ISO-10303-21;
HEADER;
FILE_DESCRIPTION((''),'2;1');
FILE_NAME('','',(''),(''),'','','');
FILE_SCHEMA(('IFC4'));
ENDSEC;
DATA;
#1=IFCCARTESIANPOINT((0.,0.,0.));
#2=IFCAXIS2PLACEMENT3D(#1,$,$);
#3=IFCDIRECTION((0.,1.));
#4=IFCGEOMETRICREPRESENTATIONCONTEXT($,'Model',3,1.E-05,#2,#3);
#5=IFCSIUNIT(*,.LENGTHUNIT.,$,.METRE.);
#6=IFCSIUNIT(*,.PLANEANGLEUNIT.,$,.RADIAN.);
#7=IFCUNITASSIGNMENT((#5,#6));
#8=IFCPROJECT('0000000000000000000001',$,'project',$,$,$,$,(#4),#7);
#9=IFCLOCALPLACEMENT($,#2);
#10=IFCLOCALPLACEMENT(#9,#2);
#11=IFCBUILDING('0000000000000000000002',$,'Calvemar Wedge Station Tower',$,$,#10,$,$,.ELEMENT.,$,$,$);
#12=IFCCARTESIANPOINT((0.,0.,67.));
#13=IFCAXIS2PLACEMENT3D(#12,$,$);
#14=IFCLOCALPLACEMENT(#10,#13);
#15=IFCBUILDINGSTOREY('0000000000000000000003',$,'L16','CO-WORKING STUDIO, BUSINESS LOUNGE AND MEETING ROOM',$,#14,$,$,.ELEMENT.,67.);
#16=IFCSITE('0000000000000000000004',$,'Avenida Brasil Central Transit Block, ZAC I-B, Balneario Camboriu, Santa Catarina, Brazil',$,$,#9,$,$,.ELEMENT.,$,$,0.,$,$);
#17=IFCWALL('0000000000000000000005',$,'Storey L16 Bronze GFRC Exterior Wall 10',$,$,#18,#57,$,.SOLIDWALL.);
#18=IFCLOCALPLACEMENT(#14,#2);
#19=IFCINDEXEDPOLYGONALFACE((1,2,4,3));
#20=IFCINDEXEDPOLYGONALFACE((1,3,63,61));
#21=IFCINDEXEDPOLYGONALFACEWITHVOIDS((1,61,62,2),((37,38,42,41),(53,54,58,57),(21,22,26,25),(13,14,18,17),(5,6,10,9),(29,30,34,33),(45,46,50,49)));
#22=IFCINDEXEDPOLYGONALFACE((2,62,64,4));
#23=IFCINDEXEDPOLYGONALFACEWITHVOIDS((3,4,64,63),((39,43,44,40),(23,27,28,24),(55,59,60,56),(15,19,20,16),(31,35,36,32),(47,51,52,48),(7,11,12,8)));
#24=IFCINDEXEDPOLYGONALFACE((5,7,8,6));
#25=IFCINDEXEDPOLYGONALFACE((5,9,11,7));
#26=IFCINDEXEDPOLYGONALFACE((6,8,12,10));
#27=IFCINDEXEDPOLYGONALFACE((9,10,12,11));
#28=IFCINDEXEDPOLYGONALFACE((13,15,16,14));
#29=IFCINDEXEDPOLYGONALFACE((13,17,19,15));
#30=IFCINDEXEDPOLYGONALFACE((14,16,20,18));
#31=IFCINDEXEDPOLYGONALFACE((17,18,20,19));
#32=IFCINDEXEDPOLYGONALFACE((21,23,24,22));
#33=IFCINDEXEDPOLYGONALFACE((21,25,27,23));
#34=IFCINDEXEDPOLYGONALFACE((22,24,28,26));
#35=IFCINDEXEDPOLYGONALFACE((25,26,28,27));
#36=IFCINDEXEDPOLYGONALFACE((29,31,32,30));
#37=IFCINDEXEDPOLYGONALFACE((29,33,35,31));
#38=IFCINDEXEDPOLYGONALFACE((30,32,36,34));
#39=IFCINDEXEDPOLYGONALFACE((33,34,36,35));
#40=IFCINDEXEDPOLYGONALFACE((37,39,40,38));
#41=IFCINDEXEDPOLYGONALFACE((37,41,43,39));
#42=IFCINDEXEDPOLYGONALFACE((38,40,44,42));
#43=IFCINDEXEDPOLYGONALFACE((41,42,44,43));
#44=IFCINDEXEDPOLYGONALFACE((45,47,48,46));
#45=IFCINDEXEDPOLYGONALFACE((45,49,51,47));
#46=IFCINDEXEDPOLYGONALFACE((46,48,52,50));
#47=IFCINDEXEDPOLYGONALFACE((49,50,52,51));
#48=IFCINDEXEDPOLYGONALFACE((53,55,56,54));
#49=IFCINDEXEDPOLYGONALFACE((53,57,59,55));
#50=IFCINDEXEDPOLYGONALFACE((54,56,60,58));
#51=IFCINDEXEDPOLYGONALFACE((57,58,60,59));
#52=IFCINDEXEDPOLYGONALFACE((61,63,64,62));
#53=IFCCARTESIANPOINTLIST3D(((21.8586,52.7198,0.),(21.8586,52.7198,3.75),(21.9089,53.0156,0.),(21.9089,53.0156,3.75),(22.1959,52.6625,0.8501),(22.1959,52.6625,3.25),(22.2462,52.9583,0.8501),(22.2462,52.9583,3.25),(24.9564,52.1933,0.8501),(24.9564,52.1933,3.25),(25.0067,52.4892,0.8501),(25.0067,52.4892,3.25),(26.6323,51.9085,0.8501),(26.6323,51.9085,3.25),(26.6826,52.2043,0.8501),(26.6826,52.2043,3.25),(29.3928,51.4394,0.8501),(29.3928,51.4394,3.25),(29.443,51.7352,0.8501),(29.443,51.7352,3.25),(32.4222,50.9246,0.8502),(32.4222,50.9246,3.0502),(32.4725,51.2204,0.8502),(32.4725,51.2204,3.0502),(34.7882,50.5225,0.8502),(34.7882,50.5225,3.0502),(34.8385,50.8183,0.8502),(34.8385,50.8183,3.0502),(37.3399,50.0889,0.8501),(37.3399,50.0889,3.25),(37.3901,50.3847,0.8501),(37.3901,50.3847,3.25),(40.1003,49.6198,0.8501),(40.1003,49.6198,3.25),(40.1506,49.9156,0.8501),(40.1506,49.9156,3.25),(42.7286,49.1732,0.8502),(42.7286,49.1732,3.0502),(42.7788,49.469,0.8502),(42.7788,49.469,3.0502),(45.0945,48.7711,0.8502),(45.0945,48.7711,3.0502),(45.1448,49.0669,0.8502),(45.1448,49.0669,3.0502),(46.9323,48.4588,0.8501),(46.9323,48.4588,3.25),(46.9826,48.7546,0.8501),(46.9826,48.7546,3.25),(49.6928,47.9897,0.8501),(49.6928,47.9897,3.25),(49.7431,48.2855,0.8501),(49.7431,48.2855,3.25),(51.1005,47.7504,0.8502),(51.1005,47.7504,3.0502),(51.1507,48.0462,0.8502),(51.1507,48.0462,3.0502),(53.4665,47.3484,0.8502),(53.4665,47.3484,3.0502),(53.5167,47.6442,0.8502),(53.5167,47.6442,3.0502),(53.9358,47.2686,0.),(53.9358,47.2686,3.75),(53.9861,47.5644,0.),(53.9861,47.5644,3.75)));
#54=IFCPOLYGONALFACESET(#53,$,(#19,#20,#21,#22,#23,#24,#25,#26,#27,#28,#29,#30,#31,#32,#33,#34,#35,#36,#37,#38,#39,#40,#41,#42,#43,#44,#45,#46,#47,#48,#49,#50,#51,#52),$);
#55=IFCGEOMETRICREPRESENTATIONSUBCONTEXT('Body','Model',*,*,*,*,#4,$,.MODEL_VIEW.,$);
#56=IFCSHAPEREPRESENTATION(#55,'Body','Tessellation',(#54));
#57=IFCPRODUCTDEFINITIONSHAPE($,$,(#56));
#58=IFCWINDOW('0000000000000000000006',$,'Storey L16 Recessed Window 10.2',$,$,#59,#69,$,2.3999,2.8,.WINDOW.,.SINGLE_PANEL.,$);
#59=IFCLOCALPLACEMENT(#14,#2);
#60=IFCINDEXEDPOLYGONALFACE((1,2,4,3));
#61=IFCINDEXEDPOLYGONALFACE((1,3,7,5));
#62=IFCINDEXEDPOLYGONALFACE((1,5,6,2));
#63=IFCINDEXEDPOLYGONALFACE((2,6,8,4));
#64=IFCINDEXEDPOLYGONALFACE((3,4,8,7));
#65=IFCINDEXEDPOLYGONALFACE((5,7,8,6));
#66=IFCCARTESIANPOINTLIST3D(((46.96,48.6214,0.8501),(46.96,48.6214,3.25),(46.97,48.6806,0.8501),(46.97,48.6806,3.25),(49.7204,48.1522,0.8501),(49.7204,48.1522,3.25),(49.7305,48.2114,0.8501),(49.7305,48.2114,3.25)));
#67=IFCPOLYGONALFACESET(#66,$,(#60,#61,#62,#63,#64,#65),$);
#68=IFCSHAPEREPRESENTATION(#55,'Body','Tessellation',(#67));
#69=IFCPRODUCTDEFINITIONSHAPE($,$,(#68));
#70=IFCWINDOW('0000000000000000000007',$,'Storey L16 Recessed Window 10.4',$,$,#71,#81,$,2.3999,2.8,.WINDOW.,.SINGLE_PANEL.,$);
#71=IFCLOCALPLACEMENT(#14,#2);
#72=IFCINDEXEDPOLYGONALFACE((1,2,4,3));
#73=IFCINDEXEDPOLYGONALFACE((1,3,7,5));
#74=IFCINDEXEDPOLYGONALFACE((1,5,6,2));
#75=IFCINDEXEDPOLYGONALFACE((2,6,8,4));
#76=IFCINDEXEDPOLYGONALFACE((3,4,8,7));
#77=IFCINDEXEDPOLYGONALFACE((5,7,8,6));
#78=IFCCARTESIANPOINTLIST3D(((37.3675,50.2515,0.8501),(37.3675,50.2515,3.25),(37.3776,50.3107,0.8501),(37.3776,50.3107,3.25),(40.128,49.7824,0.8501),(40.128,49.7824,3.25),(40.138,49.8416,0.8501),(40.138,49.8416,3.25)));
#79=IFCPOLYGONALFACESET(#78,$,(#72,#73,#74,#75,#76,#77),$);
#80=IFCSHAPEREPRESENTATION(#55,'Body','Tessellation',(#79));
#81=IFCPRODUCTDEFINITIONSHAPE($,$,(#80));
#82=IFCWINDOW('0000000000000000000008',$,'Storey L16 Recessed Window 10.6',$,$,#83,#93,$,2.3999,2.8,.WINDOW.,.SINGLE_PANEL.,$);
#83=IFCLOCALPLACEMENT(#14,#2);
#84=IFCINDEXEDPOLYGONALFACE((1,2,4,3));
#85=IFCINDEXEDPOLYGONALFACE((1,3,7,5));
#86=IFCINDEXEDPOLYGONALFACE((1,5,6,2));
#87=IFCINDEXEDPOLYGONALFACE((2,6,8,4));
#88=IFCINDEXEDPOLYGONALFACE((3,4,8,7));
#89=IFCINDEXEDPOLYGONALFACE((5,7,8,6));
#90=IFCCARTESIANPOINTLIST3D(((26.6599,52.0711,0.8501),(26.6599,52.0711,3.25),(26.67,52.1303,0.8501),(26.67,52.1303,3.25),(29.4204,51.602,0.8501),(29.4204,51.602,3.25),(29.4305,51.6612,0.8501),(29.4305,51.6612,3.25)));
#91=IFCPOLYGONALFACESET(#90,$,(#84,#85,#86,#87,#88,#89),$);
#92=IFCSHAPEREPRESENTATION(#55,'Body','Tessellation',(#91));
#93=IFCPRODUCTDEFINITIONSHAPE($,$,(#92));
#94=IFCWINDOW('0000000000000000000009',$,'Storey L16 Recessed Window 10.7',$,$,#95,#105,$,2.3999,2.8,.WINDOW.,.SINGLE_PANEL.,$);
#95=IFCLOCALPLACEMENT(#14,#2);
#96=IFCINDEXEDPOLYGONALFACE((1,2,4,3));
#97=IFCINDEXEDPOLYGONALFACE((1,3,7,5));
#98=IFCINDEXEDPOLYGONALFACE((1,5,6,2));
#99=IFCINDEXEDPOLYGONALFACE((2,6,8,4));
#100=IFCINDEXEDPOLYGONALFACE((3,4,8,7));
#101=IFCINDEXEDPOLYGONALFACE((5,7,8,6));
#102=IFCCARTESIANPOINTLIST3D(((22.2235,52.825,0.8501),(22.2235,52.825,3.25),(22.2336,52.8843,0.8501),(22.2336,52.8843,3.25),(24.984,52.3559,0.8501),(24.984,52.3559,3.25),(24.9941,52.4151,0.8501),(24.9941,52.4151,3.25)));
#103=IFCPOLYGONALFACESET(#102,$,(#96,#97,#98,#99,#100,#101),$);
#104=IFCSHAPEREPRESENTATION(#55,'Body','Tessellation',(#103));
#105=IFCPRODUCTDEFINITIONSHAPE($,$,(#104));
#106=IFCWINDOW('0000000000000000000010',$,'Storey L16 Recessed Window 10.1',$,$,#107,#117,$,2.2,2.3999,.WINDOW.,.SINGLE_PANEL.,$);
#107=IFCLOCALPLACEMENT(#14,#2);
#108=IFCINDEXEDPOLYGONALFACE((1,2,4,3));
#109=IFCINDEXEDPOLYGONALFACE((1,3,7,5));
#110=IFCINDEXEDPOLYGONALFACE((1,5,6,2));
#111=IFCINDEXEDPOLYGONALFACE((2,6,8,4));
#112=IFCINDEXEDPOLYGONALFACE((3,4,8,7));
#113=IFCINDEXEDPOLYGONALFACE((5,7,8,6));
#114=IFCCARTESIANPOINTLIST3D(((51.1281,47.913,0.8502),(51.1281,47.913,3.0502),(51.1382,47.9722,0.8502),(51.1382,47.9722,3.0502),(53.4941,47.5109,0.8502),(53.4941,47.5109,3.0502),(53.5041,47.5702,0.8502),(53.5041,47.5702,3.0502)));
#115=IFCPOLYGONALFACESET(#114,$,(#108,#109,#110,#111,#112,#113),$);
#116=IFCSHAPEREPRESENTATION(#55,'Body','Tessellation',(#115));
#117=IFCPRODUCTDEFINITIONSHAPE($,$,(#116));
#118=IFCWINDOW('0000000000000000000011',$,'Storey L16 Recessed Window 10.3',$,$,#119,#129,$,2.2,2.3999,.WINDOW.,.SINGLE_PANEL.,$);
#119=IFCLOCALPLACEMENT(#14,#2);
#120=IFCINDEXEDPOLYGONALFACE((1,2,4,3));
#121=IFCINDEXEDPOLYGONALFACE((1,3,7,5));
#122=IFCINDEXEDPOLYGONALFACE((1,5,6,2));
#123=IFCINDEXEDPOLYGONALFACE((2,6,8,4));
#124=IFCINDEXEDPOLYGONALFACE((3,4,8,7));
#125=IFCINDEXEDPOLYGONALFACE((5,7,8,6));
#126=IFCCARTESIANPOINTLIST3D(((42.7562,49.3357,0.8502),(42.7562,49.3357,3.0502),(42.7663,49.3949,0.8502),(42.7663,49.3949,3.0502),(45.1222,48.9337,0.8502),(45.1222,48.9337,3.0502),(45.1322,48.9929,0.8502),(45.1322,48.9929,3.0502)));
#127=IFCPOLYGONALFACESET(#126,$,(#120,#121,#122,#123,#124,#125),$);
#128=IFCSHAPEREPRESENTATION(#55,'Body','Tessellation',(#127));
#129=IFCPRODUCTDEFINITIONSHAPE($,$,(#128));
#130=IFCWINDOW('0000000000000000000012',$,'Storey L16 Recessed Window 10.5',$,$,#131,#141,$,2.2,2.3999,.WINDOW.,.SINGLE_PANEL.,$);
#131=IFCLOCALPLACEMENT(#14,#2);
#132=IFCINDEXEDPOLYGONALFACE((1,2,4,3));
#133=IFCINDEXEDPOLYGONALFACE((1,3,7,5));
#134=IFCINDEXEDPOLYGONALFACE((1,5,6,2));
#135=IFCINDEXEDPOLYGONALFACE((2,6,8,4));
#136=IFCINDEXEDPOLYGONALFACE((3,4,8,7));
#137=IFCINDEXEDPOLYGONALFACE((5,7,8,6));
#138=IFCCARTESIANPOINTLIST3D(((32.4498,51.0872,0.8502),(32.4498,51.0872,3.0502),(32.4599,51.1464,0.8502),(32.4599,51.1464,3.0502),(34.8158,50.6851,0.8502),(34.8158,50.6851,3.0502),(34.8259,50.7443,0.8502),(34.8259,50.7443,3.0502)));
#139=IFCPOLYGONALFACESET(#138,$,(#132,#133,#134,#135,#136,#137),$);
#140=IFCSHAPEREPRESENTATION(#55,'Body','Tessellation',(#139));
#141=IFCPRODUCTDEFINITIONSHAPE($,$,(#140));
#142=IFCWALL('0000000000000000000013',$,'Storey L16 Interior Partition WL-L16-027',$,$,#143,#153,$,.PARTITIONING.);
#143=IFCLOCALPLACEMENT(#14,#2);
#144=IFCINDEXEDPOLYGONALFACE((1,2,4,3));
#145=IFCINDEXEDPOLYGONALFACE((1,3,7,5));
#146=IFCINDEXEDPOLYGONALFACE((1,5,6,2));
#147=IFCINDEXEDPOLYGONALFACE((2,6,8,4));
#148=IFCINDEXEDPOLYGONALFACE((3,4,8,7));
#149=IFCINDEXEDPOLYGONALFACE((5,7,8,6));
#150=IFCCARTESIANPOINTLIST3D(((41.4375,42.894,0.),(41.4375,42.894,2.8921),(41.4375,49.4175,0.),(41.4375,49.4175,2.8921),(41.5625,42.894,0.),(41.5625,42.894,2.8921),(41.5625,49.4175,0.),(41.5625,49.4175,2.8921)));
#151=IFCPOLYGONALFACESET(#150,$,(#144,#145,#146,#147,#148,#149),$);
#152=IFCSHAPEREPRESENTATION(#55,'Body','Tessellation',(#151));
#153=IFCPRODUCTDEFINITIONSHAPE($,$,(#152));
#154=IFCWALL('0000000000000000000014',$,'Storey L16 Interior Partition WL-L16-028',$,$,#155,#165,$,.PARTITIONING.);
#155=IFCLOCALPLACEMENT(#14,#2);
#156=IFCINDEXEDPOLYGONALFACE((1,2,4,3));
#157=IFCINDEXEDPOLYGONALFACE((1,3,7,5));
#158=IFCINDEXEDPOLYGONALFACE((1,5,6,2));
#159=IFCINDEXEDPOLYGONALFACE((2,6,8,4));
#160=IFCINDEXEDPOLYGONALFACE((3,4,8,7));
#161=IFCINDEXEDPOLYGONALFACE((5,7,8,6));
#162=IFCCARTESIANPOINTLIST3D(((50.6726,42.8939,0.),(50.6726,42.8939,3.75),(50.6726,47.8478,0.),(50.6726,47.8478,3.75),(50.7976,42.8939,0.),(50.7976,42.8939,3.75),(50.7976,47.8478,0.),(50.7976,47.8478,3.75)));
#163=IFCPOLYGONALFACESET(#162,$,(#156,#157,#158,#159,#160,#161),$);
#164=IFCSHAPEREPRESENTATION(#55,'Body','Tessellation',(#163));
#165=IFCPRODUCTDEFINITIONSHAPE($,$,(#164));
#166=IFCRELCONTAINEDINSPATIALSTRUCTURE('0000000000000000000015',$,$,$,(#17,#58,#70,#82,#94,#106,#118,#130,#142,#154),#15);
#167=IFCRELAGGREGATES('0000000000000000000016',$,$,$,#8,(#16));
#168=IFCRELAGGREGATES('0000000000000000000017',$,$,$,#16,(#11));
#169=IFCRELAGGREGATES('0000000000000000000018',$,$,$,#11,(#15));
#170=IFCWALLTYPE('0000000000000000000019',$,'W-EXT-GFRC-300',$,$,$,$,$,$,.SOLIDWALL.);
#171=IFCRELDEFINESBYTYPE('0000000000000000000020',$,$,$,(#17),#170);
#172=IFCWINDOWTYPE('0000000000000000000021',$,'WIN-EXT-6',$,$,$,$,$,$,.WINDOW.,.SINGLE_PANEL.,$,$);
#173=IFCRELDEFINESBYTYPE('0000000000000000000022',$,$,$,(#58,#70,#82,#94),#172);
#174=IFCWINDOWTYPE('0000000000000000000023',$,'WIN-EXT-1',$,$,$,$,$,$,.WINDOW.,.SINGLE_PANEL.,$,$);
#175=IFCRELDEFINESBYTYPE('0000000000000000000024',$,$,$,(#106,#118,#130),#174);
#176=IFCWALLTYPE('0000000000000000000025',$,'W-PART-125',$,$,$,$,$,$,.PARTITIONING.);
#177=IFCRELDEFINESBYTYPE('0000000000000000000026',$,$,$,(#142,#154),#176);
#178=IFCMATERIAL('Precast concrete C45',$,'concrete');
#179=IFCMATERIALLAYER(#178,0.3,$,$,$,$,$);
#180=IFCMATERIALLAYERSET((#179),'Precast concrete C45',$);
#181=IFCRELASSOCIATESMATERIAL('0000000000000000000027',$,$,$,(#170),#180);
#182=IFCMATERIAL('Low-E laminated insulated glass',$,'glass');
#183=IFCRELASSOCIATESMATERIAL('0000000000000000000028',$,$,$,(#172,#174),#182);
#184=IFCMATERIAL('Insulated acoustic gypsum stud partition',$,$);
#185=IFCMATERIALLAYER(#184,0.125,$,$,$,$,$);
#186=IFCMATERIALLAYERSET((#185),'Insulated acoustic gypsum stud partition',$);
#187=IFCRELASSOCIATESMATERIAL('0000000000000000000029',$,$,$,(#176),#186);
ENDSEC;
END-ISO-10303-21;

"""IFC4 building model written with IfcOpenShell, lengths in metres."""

from ifc_helpers import new_model, si_unit, direction, frame, frame_2d, origin, place, context, subcontext, project, spatial, rectangle, extrude, source, transform, mapped, material, layer, layer_set, type_object, element, fill, save


model = new_model("IFC4")

# Units and contexts
model_context = context("Model", 3, precision=1e-05, world=origin(), true_north=direction((0.0, 1.0)))
body_context = subcontext(model_context, "Body", "Model", "MODEL_VIEW")
ifc_project = project(units=[si_unit("LENGTHUNIT", "METRE"), si_unit("PLANEANGLEUNIT", "RADIAN")], contexts=[model_context])

# Site, building, storey
site_placement = place(None, origin())
site = spatial("IfcSite", under=ifc_project, at=site_placement, Name="Avenida Brasil Central Transit Block, ZAC I-B, Balneario Camboriu, Santa Catarina, Brazil", CompositionType="ELEMENT", RefElevation=0.0)
building_placement = place(site_placement, origin())
building = spatial("IfcBuilding", under=site, at=building_placement, Name="Calvemar Wedge Station Tower", CompositionType="ELEMENT")
storey_placement = place(building_placement, frame((0.0, 0.0, 67.0)))
storey = spatial("IfcBuildingStorey", under=building, at=storey_placement, Name="L16", Description="CO-WORKING STUDIO, BUSINESS LOUNGE AND MEETING ROOM", CompositionType="ELEMENT", Elevation=67.0)

# Shared definitions
ifc_material_1 = material(Name="Precast concrete C45", Category="concrete")

# Shared definitions
ifc_layer_1 = layer(ifc_material_1, 0.3)
ifc_layer_set_1 = layer_set([ifc_layer_1], Name="Precast concrete C45")
wall_type_1 = type_object("IfcWallType", Name="W-EXT-GFRC-300", PredefinedType="SOLIDWALL", material=ifc_layer_set_1)
ifc_material_2 = material(Name="Low-E laminated insulated glass", Category="glass")

# Wall, openings, windows
wall_1_placement = place(storey_placement, frame((53.9609, 47.4165, 0.0), z_axis=(0.0, 0.0, 1.0), x_axis=(-0.985866, 0.167537, 0.0)))
wall_1 = element("IfcWall", 1, at=wall_1_placement, inside=storey, type_object=wall_type_1, Name="Storey L16 Bronze GFRC Exterior Wall 10", PredefinedType="SOLIDWALL", context=body_context, shape_type="SweptSolid", body=[
    extrude(rectangle(XDim=32.5371, YDim=0.3, at=frame_2d((16.2686, 0.0))), origin(), (0.0, 0.0, 1.0), 3.75),
])
shared_shape_1 = source(origin(), body_context, "Body", "SweptSolid", [
    extrude(rectangle(XDim=2.3999, YDim=2.2, at=frame_2d((1.2, 1.1001))), frame((0.0, 0.1602, 0.0), z_axis=(0.0, -1.0, 0.0), x_axis=(1.0, 0.0, 0.0)), (0.0, 0.0, 1.0), 0.3201),
])
opening_1_placement = place(wall_1_placement, frame((0.4761, 0.0, 0.8501)))
opening_1 = element("IfcOpeningElement", 2, at=opening_1_placement, cuts=wall_1, PredefinedType="OPENING", context=body_context, shape_type="MappedRepresentation", body=[
    mapped(shared_shape_1, transform((0.0, 0.0, 0.0), scale=1.0)),
])
shared_shape_2 = source(origin(), body_context, "Body", "SweptSolid", [
    extrude(rectangle(XDim=2.8, YDim=2.3999, at=frame_2d((1.3999, 1.2))), frame((0.0, 0.1602, 0.0), z_axis=(0.0, -1.0, 0.0), x_axis=(1.0, 0.0, 0.0)), (0.0, 0.0, 1.0), 0.3201),
])
opening_2_placement = place(wall_1_placement, frame((4.304, 0.0, 0.8501)))
opening_2 = element("IfcOpeningElement", 3, at=opening_2_placement, cuts=wall_1, PredefinedType="OPENING", context=body_context, shape_type="MappedRepresentation", body=[
    mapped(shared_shape_2, transform((0.0, 0.0, 0.0), scale=1.0)),
])
opening_3_placement = place(wall_1_placement, frame((8.968, 0.0, 0.8501)))
opening_3 = element("IfcOpeningElement", 4, at=opening_3_placement, cuts=wall_1, PredefinedType="OPENING", context=body_context, shape_type="MappedRepresentation", body=[
    mapped(shared_shape_1, transform((0.0, 0.0, 0.0), scale=1.0)),
])
opening_4_placement = place(wall_1_placement, frame((14.0339, 0.0, 0.8501)))
opening_4 = element("IfcOpeningElement", 5, at=opening_4_placement, cuts=wall_1, PredefinedType="OPENING", context=body_context, shape_type="MappedRepresentation", body=[
    mapped(shared_shape_2, transform((0.0, 0.0, 0.0), scale=1.0)),
])
opening_5_placement = place(wall_1_placement, frame((19.4221, 0.0, 0.8501)))
opening_5 = element("IfcOpeningElement", 6, at=opening_5_placement, cuts=wall_1, PredefinedType="OPENING", context=body_context, shape_type="MappedRepresentation", body=[
    mapped(shared_shape_1, transform((0.0, 0.0, 0.0), scale=1.0)),
])
opening_6_placement = place(wall_1_placement, frame((24.895, 0.0, 0.8501)))
opening_6 = element("IfcOpeningElement", 7, at=opening_6_placement, cuts=wall_1, PredefinedType="OPENING", context=body_context, shape_type="MappedRepresentation", body=[
    mapped(shared_shape_2, transform((0.0, 0.0, 0.0), scale=1.0)),
])
opening_7_placement = place(wall_1_placement, frame((29.395, 0.0, 0.8501)))
opening_7 = element("IfcOpeningElement", 8, at=opening_7_placement, cuts=wall_1, PredefinedType="OPENING", context=body_context, shape_type="MappedRepresentation", body=[
    mapped(shared_shape_2, transform((0.0, 0.0, 0.0), scale=1.0)),
])
window_type_1 = type_object("IfcWindowType", Name="WIN-EXT-6", PartitioningType="SINGLE_PANEL", PredefinedType="WINDOW", material=ifc_material_2)
shared_shape_3 = source(origin(), body_context, "Body", "SweptSolid", [
    extrude(rectangle(XDim=2.8, YDim=2.3999, at=frame_2d((1.3999, 1.2))), frame((0.0, -0.0149, 0.0), z_axis=(0.0, -1.0, 0.0), x_axis=(1.0, 0.0, 0.0)), (0.0, 0.0, 1.0), 0.0601),
])
window_1_placement = place(opening_2_placement, origin())
window_1 = element("IfcWindow", 9, at=window_1_placement, inside=storey, type_object=window_type_1, Name="Storey L16 Recessed Window 10.2", OverallHeight=2.3999, OverallWidth=2.8, PartitioningType="SINGLE_PANEL", PredefinedType="WINDOW", context=body_context, shape_type="MappedRepresentation", body=[
    mapped(shared_shape_3, transform((0.0, 0.0, 0.0), scale=1.0)),
])
fill(opening_2, window_1)
window_2_placement = place(opening_4_placement, origin())
window_2 = element("IfcWindow", 10, at=window_2_placement, inside=storey, type_object=window_type_1, Name="Storey L16 Recessed Window 10.4", OverallHeight=2.3999, OverallWidth=2.8, PartitioningType="SINGLE_PANEL", PredefinedType="WINDOW", context=body_context, shape_type="MappedRepresentation", body=[
    mapped(shared_shape_3, transform((0.0, 0.0, 0.0), scale=1.0)),
])
fill(opening_4, window_2)
window_3_placement = place(opening_6_placement, origin())
window_3 = element("IfcWindow", 11, at=window_3_placement, inside=storey, type_object=window_type_1, Name="Storey L16 Recessed Window 10.6", OverallHeight=2.3999, OverallWidth=2.8, PartitioningType="SINGLE_PANEL", PredefinedType="WINDOW", context=body_context, shape_type="MappedRepresentation", body=[
    mapped(shared_shape_3, transform((0.0, 0.0, 0.0), scale=1.0)),
])
fill(opening_6, window_3)
window_4_placement = place(opening_7_placement, origin())
window_4 = element("IfcWindow", 12, at=window_4_placement, inside=storey, type_object=window_type_1, Name="Storey L16 Recessed Window 10.7", OverallHeight=2.3999, OverallWidth=2.8, PartitioningType="SINGLE_PANEL", PredefinedType="WINDOW", context=body_context, shape_type="MappedRepresentation", body=[
    mapped(shared_shape_3, transform((0.0, 0.0, 0.0), scale=1.0)),
])
fill(opening_7, window_4)
window_type_2 = type_object("IfcWindowType", Name="WIN-EXT-1", PartitioningType="SINGLE_PANEL", PredefinedType="WINDOW", material=ifc_material_2)
shared_shape_4 = source(origin(), body_context, "Body", "SweptSolid", [
    extrude(rectangle(XDim=2.3999, YDim=2.2, at=frame_2d((1.2, 1.1001))), frame((0.0, -0.0149, 0.0), z_axis=(0.0, -1.0, 0.0), x_axis=(1.0, 0.0, 0.0)), (0.0, 0.0, 1.0), 0.0601),
])
window_5_placement = place(opening_1_placement, origin())
window_5 = element("IfcWindow", 13, at=window_5_placement, inside=storey, type_object=window_type_2, Name="Storey L16 Recessed Window 10.1", OverallHeight=2.2, OverallWidth=2.3999, PartitioningType="SINGLE_PANEL", PredefinedType="WINDOW", context=body_context, shape_type="MappedRepresentation", body=[
    mapped(shared_shape_4, transform((0.0, 0.0, 0.0), scale=1.0)),
])
fill(opening_1, window_5)
window_6_placement = place(opening_3_placement, origin())
window_6 = element("IfcWindow", 14, at=window_6_placement, inside=storey, type_object=window_type_2, Name="Storey L16 Recessed Window 10.3", OverallHeight=2.2, OverallWidth=2.3999, PartitioningType="SINGLE_PANEL", PredefinedType="WINDOW", context=body_context, shape_type="MappedRepresentation", body=[
    mapped(shared_shape_4, transform((0.0, 0.0, 0.0), scale=1.0)),
])
fill(opening_3, window_6)
window_7_placement = place(opening_5_placement, origin())
window_7 = element("IfcWindow", 15, at=window_7_placement, inside=storey, type_object=window_type_2, Name="Storey L16 Recessed Window 10.5", OverallHeight=2.2, OverallWidth=2.3999, PartitioningType="SINGLE_PANEL", PredefinedType="WINDOW", context=body_context, shape_type="MappedRepresentation", body=[
    mapped(shared_shape_4, transform((0.0, 0.0, 0.0), scale=1.0)),
])
fill(opening_5, window_7)

# Walls
ifc_material_3 = material(Name="Insulated acoustic gypsum stud partition")
ifc_layer_2 = layer(ifc_material_3, 0.125)
ifc_layer_set_2 = layer_set([ifc_layer_2], Name="Insulated acoustic gypsum stud partition")
wall_type_2 = type_object("IfcWallType", Name="W-PART-125", PredefinedType="PARTITIONING", material=ifc_layer_set_2)
wall_2_placement = place(storey_placement, frame((41.5, 49.4175, 0.0), z_axis=(0.0, 0.0, 1.0), x_axis=(0.0, -1.0, 0.0)))
element("IfcWall", 16, at=wall_2_placement, inside=storey, type_object=wall_type_2, Name="Storey L16 Interior Partition WL-L16-027", PredefinedType="PARTITIONING", context=body_context, shape_type="SweptSolid", body=[
    extrude(rectangle(XDim=6.5234, YDim=0.125, at=frame_2d((3.2617, 0.0))), origin(), (0.0, 0.0, 1.0), 2.8921),
])
wall_3_placement = place(storey_placement, frame((50.7351, 47.8479, 0.0), z_axis=(0.0, 0.0, 1.0), x_axis=(0.0, -1.0, 0.0)))
element("IfcWall", 17, at=wall_3_placement, inside=storey, type_object=wall_type_2, Name="Storey L16 Interior Partition WL-L16-028", PredefinedType="PARTITIONING", context=body_context, shape_type="SweptSolid", body=[
    extrude(rectangle(XDim=4.9539, YDim=0.125, at=frame_2d((2.4771, 0.0))), origin(), (0.0, 0.0, 1.0), 3.75),
])

save(model, "model.ifc")
